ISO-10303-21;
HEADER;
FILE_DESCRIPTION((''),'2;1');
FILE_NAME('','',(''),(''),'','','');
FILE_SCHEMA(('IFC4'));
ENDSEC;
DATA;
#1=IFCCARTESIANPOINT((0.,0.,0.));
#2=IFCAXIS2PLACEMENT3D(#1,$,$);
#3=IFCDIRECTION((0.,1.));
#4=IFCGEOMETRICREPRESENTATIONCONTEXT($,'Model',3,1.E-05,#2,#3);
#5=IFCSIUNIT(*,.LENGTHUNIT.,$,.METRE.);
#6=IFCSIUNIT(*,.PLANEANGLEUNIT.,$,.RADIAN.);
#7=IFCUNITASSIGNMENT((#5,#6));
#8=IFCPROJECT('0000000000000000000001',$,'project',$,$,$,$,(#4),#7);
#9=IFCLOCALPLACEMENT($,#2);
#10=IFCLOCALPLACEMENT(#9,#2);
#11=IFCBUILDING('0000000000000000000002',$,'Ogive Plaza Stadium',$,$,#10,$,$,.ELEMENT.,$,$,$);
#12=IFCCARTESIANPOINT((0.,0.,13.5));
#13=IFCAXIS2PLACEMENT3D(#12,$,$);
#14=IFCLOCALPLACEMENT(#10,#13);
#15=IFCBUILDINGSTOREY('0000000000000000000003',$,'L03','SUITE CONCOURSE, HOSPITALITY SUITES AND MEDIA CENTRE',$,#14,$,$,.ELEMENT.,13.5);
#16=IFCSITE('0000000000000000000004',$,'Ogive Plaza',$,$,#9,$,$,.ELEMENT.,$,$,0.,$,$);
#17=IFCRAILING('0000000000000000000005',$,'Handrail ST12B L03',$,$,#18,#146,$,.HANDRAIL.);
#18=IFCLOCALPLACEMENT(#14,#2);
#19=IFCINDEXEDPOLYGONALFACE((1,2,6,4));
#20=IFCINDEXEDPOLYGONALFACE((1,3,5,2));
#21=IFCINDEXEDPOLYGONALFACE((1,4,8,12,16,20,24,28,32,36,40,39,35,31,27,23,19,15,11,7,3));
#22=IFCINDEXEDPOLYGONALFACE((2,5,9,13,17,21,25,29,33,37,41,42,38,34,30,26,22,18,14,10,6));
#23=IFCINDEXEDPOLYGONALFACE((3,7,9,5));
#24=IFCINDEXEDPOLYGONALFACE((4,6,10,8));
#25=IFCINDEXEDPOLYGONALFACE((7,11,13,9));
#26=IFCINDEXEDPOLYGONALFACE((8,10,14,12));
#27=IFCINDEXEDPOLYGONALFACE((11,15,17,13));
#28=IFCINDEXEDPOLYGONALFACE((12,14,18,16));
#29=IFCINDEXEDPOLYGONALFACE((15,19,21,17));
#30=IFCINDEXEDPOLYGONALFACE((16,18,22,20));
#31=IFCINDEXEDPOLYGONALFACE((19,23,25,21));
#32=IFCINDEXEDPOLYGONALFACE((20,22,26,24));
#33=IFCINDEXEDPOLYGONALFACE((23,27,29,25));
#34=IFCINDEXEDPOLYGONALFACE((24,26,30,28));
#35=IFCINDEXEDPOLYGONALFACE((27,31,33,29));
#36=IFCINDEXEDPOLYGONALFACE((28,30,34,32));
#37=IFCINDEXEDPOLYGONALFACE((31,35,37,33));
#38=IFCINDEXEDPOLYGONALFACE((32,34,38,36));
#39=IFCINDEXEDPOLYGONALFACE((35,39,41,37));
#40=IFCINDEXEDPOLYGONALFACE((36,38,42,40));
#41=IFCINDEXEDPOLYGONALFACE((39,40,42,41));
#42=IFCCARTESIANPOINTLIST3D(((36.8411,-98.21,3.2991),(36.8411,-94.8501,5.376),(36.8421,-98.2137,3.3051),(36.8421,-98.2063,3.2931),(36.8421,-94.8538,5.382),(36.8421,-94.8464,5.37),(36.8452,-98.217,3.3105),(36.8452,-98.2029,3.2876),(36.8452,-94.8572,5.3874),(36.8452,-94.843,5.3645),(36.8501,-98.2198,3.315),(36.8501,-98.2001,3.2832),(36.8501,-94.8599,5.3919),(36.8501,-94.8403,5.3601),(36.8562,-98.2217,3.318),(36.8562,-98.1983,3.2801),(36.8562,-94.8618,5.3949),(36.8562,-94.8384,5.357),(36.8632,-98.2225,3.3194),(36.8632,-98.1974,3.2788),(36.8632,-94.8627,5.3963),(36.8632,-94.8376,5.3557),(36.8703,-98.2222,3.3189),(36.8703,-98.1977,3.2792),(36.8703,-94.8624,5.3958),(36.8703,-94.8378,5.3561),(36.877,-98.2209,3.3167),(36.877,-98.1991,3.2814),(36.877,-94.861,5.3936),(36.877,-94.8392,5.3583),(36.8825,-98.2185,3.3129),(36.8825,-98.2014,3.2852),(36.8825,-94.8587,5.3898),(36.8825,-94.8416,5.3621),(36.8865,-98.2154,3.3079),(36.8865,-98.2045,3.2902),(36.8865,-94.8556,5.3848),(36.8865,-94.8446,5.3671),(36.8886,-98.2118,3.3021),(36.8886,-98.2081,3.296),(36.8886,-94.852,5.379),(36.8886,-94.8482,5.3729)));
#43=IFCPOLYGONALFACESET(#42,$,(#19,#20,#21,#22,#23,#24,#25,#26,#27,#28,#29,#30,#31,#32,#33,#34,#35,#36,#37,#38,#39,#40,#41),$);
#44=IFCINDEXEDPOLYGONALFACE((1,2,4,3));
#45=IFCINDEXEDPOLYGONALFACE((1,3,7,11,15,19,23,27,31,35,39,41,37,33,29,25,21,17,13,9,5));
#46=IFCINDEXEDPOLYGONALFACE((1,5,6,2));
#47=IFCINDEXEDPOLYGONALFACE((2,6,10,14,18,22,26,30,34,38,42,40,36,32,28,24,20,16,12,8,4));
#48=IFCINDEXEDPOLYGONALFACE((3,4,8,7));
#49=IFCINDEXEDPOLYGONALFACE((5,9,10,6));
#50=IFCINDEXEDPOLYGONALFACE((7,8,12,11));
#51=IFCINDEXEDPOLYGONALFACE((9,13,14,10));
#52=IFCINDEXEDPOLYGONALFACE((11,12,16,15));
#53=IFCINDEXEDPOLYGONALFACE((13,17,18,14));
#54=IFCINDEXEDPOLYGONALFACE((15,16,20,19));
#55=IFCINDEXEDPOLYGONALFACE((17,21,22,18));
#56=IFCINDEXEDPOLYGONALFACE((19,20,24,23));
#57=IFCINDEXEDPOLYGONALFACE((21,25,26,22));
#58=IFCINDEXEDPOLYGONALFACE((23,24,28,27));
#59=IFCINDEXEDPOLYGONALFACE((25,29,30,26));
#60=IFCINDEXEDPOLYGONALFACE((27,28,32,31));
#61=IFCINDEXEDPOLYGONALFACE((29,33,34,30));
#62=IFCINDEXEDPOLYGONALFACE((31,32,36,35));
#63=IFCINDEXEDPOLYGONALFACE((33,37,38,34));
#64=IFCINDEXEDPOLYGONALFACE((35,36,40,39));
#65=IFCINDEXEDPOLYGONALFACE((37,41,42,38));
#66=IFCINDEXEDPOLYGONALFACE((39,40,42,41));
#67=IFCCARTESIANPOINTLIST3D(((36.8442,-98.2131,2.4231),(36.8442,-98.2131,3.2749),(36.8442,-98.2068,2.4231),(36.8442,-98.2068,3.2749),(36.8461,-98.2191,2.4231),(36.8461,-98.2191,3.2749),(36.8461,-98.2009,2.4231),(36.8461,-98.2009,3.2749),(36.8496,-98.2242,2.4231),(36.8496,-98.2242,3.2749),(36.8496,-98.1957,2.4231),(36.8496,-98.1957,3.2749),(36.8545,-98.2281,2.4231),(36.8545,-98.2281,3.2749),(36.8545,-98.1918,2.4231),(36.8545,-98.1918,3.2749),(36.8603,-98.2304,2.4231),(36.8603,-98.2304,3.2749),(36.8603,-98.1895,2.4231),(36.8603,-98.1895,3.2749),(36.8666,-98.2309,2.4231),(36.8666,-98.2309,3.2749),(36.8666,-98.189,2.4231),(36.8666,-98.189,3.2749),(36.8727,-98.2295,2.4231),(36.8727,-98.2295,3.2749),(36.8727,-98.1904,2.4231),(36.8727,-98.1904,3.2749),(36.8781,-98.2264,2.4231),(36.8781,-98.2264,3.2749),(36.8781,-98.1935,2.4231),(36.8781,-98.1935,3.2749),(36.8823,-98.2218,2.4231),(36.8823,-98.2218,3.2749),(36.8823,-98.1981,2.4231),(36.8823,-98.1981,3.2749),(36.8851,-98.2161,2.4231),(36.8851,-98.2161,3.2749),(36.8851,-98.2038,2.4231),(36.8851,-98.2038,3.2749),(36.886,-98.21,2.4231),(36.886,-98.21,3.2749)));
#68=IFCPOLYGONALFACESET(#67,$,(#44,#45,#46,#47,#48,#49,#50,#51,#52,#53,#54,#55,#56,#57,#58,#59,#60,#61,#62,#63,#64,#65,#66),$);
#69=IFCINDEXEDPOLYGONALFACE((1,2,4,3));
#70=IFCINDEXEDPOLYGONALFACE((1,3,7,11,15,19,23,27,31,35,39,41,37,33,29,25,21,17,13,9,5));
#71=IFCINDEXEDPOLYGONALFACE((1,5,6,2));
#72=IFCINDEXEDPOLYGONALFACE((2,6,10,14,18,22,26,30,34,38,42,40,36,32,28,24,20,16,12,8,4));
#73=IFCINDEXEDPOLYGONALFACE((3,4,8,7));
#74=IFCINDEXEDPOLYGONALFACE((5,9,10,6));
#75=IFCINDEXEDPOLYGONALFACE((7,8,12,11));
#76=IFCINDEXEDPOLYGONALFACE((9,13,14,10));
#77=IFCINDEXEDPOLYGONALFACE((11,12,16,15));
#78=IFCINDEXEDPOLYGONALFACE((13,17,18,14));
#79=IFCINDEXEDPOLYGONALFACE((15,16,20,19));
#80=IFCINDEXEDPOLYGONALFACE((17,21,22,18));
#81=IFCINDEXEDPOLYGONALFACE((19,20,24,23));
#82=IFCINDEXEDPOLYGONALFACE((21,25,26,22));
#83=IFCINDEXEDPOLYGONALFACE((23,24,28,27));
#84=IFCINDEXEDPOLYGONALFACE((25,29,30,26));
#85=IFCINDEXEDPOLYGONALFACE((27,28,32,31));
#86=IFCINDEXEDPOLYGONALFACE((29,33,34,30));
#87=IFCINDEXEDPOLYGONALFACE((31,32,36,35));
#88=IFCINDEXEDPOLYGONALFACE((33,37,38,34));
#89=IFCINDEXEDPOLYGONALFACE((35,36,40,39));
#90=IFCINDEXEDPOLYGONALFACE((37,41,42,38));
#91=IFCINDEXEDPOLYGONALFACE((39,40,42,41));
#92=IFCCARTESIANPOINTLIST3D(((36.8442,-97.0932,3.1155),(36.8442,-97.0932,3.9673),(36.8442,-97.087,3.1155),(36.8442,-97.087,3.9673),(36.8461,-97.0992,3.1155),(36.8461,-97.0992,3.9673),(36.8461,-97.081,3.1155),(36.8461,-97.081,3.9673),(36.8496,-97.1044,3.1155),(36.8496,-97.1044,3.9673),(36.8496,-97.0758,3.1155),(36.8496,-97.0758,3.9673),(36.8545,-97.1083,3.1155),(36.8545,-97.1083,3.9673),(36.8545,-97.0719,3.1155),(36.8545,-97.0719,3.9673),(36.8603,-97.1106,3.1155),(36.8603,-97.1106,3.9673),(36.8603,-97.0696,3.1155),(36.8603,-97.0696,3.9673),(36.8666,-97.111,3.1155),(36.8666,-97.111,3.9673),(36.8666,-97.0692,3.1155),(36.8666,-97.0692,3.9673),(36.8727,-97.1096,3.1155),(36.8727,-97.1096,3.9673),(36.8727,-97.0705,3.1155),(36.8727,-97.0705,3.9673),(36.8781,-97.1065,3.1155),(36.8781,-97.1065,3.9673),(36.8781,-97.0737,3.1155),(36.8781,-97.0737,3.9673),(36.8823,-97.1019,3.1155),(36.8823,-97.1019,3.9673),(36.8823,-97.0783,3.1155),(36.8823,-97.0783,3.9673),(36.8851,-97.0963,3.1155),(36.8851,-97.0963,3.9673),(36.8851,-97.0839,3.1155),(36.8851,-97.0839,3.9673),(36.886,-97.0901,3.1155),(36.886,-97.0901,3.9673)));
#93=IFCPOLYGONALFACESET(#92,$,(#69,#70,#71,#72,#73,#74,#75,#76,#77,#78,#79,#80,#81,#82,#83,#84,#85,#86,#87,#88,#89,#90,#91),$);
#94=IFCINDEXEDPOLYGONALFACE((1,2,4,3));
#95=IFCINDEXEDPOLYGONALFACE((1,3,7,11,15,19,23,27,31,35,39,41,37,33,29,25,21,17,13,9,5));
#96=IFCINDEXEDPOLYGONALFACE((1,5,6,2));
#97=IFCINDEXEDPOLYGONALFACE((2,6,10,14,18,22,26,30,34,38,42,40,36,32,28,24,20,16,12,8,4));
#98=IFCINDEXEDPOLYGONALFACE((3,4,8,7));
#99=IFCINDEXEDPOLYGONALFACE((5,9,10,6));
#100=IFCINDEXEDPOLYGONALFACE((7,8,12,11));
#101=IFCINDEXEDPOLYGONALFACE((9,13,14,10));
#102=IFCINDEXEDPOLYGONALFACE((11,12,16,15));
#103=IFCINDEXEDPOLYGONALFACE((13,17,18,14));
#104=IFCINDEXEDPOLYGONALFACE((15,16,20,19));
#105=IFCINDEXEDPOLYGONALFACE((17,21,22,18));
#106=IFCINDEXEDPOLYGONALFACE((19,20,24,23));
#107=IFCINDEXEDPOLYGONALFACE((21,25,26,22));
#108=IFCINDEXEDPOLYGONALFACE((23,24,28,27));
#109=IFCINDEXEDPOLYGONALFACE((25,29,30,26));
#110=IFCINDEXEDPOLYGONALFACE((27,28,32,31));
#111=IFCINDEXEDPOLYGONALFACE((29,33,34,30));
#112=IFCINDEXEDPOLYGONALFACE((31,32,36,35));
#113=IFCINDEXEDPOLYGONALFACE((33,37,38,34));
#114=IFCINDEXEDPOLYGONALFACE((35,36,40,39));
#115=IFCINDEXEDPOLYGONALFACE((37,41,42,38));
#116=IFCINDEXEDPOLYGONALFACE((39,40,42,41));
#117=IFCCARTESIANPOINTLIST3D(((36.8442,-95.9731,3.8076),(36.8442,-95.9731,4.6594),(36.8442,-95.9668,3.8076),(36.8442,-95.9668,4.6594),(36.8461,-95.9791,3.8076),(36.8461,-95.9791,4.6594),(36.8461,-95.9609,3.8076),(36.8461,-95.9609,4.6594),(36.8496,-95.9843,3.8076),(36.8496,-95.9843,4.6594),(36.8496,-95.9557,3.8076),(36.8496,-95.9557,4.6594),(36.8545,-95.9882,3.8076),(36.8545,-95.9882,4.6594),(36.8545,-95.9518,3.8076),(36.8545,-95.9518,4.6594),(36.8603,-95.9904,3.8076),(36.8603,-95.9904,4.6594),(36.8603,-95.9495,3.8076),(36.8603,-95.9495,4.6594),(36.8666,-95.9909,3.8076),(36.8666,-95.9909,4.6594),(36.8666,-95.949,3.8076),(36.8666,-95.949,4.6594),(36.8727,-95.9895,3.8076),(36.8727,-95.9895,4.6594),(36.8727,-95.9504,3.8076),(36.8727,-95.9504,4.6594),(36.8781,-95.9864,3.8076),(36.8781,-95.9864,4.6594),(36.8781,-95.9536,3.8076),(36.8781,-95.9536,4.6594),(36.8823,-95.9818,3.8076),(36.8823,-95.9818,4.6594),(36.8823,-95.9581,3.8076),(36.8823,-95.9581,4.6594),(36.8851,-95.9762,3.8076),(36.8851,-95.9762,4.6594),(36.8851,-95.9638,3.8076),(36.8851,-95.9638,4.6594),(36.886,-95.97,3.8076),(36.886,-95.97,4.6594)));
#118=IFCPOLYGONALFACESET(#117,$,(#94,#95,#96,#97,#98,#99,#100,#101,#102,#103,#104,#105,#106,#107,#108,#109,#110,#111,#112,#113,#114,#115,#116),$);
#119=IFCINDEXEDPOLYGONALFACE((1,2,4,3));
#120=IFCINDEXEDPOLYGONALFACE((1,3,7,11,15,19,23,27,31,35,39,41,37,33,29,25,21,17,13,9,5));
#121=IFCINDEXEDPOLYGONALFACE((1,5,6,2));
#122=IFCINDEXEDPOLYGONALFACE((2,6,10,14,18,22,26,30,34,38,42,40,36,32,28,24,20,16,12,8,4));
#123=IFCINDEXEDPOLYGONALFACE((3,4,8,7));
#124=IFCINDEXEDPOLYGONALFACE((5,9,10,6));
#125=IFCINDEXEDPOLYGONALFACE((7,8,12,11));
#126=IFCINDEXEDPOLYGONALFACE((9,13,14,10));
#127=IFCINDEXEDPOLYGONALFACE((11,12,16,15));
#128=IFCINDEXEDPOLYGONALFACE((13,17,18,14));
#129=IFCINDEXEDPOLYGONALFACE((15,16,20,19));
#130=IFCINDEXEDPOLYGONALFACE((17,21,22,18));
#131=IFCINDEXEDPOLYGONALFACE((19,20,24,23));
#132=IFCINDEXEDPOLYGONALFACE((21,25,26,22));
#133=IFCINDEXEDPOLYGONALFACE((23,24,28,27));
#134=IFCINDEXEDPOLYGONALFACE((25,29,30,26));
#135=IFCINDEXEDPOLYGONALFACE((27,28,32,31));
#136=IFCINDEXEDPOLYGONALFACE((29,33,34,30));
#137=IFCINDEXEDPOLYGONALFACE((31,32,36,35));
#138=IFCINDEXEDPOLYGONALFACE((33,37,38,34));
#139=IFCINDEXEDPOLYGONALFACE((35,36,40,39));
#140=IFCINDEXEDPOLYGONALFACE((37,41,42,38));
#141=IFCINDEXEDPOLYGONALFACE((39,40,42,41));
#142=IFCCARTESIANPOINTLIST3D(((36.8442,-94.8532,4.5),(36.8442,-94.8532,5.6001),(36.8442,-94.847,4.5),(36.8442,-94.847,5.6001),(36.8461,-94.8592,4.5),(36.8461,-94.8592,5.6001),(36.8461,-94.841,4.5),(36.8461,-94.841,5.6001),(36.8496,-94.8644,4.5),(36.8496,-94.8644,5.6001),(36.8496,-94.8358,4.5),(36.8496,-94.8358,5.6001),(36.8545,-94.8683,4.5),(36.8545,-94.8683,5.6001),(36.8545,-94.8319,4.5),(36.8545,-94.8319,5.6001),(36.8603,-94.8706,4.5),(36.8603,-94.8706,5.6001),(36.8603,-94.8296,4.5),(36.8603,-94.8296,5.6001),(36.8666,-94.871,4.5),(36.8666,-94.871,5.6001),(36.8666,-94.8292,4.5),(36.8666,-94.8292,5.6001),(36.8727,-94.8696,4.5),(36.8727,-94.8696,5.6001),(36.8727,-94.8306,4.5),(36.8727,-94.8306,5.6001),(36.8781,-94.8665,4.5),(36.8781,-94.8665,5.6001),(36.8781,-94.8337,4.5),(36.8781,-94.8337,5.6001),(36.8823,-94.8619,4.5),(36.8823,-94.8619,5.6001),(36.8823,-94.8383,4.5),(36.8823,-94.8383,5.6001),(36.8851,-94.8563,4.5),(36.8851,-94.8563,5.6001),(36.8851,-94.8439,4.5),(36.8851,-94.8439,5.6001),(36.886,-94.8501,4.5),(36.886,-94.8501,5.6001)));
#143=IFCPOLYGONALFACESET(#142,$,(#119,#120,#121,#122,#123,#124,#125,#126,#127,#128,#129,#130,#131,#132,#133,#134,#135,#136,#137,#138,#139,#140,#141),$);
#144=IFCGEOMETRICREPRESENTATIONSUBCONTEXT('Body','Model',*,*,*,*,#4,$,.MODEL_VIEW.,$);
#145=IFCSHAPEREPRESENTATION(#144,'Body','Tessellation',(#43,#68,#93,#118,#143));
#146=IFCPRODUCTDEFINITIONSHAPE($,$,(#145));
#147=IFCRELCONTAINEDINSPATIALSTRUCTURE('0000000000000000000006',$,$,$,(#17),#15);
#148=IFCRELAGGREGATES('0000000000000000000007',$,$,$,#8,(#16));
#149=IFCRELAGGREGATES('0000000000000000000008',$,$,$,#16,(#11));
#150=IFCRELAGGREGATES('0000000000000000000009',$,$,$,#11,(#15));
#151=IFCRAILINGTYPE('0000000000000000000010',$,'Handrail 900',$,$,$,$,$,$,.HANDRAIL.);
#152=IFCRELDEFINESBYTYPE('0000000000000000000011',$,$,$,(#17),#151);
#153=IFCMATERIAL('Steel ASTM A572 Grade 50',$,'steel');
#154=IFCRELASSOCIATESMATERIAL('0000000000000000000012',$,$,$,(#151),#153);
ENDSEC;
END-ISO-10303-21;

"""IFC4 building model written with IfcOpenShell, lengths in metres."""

from ifc_helpers import new_model, si_unit, direction, frame, origin, origin_2d, place, context, subcontext, project, spatial, circle, extrude, material, type_object, element, save


model = new_model("IFC4")

# Units and contexts
model_context = context("Model", 3, precision=1e-05, world=origin(), true_north=direction((0.0, 1.0)))
body_context = subcontext(model_context, "Body", "Model", "MODEL_VIEW")
ifc_project = project(units=[si_unit("LENGTHUNIT", "METRE"), si_unit("PLANEANGLEUNIT", "RADIAN")], contexts=[model_context])

# Site, building, storey
site_placement = place(None, origin())
site = spatial("IfcSite", under=ifc_project, at=site_placement, Name="Ogive Plaza", CompositionType="ELEMENT", RefElevation=0.0)
building_placement = place(site_placement, origin())
building = spatial("IfcBuilding", under=site, at=building_placement, Name="Ogive Plaza Stadium", CompositionType="ELEMENT")
storey_placement = place(building_placement, frame((0.0, 0.0, 13.5)))
storey = spatial("IfcBuildingStorey", under=building, at=storey_placement, Name="L03", Description="SUITE CONCOURSE, HOSPITALITY SUITES AND MEDIA CENTRE", CompositionType="ELEMENT", Elevation=13.5)

# Railing
ifc_material_1 = material(Name="Steel ASTM A572 Grade 50", Category="steel")
railing_type_1 = type_object("IfcRailingType", Name="Handrail 900", PredefinedType="HANDRAIL", material=ifc_material_1)
for number, where, name in (
    (1, (36.865, -98.21, 2.4231), "Handrail ST12B L03"),
):
    element("IfcRailing", number, at=place(storey_placement, frame(where)), inside=storey, type_object=railing_type_1, Name=name, PredefinedType="HANDRAIL", context=body_context, shape_type="SweptSolid", body=[
        extrude(circle(Radius=0.0239, at=origin_2d()), frame((0.0, 0.0, 0.876), z_axis=(0.0, 0.850606, 0.525803), x_axis=(-1.0, 0.0, 0.0)), (0.0, 0.0, 1.0), 3.95),
        extrude(circle(Radius=0.021, at=origin_2d()), origin(), (0.0, 0.0, 1.0), 0.8518),
        extrude(circle(Radius=0.021, at=origin_2d()), frame((0.0, 1.1199, 0.6924)), (0.0, 0.0, 1.0), 0.8518),
        extrude(circle(Radius=0.021, at=origin_2d()), frame((0.0, 2.24, 1.3845)), (0.0, 0.0, 1.0), 0.8518),
        extrude(circle(Radius=0.021, at=origin_2d()), frame((0.0, 3.3599, 2.0769)), (0.0, 0.0, 1.0), 1.1001),
    ])

save(model, "model.ifc")
